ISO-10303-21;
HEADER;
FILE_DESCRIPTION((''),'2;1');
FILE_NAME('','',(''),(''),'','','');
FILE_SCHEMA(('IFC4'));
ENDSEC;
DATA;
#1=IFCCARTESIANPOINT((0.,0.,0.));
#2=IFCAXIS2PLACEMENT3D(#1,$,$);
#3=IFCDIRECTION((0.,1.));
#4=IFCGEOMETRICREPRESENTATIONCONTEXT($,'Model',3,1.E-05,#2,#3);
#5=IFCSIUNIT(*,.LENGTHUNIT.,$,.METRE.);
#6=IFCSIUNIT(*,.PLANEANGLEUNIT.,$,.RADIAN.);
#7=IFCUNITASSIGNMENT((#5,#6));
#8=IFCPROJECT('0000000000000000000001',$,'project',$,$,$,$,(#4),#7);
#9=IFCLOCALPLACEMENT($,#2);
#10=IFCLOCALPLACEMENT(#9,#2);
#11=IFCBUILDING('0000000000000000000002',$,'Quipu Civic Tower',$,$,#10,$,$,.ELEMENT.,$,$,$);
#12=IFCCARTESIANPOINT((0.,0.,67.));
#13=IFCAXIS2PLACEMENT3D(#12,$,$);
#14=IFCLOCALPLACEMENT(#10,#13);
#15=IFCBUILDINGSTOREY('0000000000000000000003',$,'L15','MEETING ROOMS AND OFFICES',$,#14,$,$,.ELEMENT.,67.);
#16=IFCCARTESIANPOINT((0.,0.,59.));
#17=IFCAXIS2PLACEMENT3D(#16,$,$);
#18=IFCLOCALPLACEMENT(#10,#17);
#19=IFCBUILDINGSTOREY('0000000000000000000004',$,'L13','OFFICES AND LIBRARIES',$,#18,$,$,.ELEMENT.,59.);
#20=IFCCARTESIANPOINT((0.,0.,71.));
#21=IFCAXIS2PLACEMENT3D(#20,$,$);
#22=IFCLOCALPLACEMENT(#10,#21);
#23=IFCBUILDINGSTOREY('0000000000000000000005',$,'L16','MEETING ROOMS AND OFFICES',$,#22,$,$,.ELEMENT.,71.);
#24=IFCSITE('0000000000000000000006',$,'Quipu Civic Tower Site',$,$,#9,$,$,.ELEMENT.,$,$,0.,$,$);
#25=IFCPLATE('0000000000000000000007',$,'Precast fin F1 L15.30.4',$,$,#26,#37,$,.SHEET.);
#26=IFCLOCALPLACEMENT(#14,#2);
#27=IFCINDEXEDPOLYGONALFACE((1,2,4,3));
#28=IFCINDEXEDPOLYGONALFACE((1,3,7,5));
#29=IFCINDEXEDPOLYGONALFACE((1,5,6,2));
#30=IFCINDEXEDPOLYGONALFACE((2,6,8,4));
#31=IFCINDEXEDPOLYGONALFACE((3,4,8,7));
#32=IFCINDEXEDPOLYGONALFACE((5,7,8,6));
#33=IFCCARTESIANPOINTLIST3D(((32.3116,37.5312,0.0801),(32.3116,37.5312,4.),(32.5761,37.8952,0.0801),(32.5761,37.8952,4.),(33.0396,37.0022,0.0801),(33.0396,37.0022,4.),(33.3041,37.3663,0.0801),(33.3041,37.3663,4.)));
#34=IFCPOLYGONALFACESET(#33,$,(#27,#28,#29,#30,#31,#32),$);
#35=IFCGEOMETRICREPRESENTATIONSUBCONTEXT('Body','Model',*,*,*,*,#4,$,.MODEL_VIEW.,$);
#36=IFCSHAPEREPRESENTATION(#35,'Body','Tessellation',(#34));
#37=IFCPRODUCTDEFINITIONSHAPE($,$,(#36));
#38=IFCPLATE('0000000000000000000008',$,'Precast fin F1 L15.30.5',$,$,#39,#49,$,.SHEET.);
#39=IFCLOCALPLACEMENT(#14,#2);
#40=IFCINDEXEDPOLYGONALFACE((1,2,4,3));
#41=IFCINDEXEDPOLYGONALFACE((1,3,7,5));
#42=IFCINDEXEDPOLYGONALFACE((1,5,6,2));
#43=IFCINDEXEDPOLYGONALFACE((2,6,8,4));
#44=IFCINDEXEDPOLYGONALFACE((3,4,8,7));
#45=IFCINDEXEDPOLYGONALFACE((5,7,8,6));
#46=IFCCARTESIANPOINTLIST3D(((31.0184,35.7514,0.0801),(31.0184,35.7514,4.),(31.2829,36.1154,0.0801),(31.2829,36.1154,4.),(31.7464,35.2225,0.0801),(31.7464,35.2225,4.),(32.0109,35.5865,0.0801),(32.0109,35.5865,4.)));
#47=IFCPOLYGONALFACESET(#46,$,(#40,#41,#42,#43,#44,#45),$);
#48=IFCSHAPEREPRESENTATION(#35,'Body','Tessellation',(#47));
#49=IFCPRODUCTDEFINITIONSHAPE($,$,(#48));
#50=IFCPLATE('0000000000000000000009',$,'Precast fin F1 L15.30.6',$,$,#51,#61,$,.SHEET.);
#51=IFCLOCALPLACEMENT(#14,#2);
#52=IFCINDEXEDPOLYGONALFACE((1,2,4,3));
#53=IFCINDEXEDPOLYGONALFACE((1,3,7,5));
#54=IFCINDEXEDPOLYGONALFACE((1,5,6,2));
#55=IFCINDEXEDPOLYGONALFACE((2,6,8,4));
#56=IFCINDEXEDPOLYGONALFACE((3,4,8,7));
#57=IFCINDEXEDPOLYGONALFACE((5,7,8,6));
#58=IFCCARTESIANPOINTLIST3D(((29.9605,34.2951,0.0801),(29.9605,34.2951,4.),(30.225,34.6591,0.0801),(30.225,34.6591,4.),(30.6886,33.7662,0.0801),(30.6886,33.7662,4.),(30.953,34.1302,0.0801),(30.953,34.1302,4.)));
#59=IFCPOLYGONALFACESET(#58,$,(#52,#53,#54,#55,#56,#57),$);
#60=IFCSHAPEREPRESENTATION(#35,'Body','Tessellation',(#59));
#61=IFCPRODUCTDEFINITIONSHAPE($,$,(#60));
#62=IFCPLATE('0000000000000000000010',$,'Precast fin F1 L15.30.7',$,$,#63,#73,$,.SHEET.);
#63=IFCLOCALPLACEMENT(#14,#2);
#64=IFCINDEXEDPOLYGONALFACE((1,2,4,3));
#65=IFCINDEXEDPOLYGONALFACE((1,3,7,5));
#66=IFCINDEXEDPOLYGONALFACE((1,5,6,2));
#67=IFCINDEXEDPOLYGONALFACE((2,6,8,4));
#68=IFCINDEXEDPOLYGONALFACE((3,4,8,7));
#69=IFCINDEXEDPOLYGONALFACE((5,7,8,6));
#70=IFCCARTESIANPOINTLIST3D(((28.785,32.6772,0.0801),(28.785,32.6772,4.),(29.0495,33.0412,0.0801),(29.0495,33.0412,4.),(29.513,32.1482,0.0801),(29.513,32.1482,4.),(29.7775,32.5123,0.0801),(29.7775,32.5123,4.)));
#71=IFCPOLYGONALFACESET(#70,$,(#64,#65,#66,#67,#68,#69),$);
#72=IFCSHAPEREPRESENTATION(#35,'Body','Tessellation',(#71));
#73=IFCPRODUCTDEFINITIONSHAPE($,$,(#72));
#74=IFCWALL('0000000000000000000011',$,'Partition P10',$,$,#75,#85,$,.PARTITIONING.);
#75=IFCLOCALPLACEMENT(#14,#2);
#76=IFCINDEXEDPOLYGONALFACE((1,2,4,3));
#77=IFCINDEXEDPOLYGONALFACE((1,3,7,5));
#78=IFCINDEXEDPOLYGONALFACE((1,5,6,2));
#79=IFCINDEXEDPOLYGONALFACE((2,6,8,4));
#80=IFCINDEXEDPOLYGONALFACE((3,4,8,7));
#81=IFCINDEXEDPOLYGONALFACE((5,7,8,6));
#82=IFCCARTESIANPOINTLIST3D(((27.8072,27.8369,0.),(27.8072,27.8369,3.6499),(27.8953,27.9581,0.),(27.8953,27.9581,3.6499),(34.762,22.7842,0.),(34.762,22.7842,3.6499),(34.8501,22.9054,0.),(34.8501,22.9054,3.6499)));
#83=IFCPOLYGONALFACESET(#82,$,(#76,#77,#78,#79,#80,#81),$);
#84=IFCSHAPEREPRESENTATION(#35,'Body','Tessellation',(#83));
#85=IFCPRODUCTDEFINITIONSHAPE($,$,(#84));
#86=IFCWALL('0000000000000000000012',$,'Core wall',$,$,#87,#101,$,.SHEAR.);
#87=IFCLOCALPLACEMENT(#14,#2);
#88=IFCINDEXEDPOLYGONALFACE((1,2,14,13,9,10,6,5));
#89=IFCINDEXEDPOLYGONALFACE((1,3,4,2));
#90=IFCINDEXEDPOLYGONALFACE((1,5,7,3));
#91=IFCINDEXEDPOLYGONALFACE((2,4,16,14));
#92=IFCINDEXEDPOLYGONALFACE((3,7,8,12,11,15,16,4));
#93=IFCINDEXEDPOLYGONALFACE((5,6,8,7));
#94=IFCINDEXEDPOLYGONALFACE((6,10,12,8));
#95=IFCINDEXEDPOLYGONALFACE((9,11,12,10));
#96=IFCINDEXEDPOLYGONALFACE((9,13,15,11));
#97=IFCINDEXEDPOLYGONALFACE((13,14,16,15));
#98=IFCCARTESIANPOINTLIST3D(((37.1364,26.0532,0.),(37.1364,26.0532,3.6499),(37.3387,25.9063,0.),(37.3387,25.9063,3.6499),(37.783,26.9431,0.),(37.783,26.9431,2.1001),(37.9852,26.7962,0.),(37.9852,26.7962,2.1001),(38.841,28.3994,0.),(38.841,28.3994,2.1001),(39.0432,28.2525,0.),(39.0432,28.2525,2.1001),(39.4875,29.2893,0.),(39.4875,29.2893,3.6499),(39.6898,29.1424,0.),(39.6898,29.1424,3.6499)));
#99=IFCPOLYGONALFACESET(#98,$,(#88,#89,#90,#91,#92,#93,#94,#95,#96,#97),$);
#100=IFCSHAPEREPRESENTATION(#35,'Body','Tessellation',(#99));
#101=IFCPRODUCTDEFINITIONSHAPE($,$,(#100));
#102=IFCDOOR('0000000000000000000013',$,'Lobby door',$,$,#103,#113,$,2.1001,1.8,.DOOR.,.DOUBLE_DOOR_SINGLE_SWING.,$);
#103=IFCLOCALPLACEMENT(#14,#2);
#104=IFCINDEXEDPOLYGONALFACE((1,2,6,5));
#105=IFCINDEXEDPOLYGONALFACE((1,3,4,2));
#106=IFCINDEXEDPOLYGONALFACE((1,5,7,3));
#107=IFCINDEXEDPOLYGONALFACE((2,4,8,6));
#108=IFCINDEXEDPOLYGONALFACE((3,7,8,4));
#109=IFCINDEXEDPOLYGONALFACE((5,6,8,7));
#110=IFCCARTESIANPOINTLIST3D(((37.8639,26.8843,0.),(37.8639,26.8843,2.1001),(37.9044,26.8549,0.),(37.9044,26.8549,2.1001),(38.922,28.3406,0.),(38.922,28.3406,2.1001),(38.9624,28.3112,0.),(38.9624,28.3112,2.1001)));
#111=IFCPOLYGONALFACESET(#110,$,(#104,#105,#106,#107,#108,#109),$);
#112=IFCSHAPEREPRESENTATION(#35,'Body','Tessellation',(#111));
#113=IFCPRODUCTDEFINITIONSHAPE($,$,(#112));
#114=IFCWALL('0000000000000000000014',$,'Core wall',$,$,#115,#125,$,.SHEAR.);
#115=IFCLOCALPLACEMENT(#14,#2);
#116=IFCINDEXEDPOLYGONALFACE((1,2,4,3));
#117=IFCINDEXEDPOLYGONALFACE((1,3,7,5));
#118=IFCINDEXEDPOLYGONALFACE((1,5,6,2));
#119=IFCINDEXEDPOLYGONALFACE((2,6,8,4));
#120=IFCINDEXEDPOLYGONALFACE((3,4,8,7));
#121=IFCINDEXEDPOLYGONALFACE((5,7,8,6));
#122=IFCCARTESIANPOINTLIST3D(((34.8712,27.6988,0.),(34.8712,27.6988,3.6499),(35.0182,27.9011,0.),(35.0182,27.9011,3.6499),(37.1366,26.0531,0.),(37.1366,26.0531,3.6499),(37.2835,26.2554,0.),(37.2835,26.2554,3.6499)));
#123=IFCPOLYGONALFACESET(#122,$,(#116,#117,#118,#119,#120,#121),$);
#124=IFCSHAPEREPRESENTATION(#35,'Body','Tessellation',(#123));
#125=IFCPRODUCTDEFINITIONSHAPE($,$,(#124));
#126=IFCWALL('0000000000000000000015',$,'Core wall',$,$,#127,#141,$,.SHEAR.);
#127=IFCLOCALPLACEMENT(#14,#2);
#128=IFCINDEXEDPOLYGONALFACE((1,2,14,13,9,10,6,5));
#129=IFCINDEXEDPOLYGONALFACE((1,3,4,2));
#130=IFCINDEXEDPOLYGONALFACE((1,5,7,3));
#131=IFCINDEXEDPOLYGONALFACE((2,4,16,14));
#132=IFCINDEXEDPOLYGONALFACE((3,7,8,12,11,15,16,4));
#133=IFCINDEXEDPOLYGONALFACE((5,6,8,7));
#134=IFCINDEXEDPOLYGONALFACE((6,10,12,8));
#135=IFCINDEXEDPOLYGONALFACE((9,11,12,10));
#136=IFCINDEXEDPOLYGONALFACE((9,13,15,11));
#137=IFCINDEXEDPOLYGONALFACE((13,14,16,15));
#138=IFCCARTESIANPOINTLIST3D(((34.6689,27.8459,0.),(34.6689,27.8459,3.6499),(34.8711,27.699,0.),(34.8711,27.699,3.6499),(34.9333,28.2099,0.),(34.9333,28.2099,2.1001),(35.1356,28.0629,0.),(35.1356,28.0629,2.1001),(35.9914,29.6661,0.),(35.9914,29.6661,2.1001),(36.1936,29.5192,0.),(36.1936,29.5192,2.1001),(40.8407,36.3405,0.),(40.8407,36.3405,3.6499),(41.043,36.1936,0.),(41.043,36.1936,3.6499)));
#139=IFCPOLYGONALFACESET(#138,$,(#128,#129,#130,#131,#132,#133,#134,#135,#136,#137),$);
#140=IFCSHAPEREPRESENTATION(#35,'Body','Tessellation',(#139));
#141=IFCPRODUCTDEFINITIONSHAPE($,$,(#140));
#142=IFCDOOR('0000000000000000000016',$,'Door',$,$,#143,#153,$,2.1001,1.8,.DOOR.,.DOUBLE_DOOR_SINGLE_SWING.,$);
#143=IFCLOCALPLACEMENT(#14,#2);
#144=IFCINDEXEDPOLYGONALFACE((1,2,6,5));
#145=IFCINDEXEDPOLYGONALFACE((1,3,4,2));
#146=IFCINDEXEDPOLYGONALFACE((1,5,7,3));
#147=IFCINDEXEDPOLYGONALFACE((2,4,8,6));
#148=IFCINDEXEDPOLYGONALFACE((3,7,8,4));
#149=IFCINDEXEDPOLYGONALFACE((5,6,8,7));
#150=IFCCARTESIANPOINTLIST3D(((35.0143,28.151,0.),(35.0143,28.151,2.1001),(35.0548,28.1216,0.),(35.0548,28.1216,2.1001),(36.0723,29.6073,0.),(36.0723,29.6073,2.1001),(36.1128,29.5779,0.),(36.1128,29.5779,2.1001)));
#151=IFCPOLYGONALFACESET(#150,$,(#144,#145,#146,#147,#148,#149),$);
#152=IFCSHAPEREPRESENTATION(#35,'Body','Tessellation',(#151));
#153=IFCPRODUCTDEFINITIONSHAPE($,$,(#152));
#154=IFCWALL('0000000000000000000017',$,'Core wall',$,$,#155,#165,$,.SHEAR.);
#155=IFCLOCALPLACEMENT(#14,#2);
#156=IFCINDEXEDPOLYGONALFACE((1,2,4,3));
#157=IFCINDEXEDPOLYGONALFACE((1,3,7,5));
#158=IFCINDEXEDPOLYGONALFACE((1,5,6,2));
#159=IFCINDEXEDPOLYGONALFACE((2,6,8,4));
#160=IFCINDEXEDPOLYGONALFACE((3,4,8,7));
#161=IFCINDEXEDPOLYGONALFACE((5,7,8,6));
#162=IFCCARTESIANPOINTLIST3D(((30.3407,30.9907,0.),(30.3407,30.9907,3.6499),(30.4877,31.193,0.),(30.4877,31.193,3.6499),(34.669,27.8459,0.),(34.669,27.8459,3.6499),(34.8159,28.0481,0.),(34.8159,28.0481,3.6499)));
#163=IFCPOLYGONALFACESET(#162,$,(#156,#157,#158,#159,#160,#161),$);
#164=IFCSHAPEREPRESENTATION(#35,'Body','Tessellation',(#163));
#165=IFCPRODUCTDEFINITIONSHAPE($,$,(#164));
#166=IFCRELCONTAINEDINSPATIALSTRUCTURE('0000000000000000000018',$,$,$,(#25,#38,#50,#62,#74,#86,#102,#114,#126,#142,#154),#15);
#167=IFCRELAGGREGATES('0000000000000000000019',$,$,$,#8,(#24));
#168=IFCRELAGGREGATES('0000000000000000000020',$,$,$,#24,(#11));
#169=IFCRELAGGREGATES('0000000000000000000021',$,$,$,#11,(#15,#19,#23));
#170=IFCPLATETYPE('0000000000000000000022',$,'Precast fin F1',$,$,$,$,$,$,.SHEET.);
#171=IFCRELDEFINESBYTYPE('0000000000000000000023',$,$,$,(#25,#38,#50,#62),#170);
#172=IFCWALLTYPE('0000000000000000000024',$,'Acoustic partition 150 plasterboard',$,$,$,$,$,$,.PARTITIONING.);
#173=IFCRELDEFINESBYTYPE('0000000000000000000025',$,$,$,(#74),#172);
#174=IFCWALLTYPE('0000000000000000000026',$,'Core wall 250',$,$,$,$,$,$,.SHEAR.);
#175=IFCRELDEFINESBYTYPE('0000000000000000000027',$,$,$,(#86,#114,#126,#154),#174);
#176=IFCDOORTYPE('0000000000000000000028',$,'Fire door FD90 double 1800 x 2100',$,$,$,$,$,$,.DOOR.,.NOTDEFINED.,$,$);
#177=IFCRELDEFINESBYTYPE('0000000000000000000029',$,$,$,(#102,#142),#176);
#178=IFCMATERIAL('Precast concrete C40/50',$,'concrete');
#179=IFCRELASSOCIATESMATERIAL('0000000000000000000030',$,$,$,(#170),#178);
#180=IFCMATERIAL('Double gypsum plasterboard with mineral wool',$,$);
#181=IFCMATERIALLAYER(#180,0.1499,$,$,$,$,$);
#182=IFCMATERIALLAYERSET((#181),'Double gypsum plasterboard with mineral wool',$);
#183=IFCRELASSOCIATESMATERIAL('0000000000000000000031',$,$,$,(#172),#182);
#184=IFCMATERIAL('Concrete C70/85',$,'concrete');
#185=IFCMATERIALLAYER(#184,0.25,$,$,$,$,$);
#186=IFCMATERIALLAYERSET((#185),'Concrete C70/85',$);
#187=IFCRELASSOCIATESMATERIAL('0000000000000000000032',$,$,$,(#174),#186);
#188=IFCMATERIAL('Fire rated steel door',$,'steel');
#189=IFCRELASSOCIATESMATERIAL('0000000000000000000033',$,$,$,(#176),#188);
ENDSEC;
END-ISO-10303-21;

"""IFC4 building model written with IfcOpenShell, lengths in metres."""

from ifc_helpers import new_model, si_unit, direction, frame, frame_2d, origin, origin_2d, place, context, subcontext, project, spatial, rectangle, extrude, material, layer, layer_set, type_object, element, fill, save


model = new_model("IFC4")

# Units and contexts
model_context = context("Model", 3, precision=1e-05, world=origin(), true_north=direction((0.0, 1.0)))
body_context = subcontext(model_context, "Body", "Model", "MODEL_VIEW")
ifc_project = project(units=[si_unit("LENGTHUNIT", "METRE"), si_unit("PLANEANGLEUNIT", "RADIAN")], contexts=[model_context])

# Site, building, storey
site_placement = place(None, origin())
site = spatial("IfcSite", under=ifc_project, at=site_placement, Name="Quipu Civic Tower Site", CompositionType="ELEMENT", RefElevation=0.0)
building_placement = place(site_placement, origin())
building = spatial("IfcBuilding", under=site, at=building_placement, Name="Quipu Civic Tower", CompositionType="ELEMENT")
storey_1_placement = place(building_placement, frame((0.0, 0.0, 67.0)))
storey_1 = spatial("IfcBuildingStorey", under=building, at=storey_1_placement, Name="L15", Description="MEETING ROOMS AND OFFICES", CompositionType="ELEMENT", Elevation=67.0)

# Shared definitions
storey_2_placement = place(building_placement, frame((0.0, 0.0, 59.0)))
storey_2 = spatial("IfcBuildingStorey", under=building, at=storey_2_placement, Name="L13", Description="OFFICES AND LIBRARIES", CompositionType="ELEMENT", Elevation=59.0)

# Shared definitions
storey_3_placement = place(building_placement, frame((0.0, 0.0, 71.0)))
storey_3 = spatial("IfcBuildingStorey", under=building, at=storey_3_placement, Name="L16", Description="MEETING ROOMS AND OFFICES", CompositionType="ELEMENT", Elevation=71.0)

# Plates
ifc_material_1 = material(Name="Precast concrete C40/50", Category="concrete")
plate_type_1 = type_object("IfcPlateType", Name="Precast fin F1", PredefinedType="SHEET", material=ifc_material_1)
for number, where, z_axis, x_axis, name in (
    (1, (32.8079, 37.4487, 0.0801), (0.0, 0.0, 1.0), (-0.587785, -0.809017, 0.0), "Precast fin F1 L15.30.4"),
    (2, (31.5146, 35.6689, 0.0801), (0.0, 0.0, 1.0), (-0.587785, -0.809017, 0.0), "Precast fin F1 L15.30.5"),
    (3, (30.4568, 34.2126, 0.0801), (0.0, 0.0, 1.0), (-0.587785, -0.809017, 0.0), "Precast fin F1 L15.30.6"),
    (4, (29.2812, 32.5947, 0.0801), (0.0, 0.0, 1.0), (-0.587785, -0.809017, 0.0), "Precast fin F1 L15.30.7"),
):
    element("IfcPlate", number, at=place(storey_1_placement, frame(where, z_axis=z_axis, x_axis=x_axis)), inside=storey_1, type_object=plate_type_1, Name=name, PredefinedType="SHEET", context=body_context, shape_type="SweptSolid", body=[
        extrude(rectangle(XDim=0.45, YDim=0.8999, at=origin_2d()), origin(), (0.0, 0.0, 1.0), 3.9199),
    ])

# Wall
ifc_material_2 = material(Name="Double gypsum plasterboard with mineral wool")
ifc_layer_1 = layer(ifc_material_2, 0.1499)
ifc_layer_set_1 = layer_set([ifc_layer_1], Name="Double gypsum plasterboard with mineral wool")
wall_type_1 = type_object("IfcWallType", Name="Acoustic partition 150 plasterboard", PredefinedType="PARTITIONING", material=ifc_layer_set_1)
wall_1_placement = place(storey_1_placement, frame((34.8062, 22.8447, 0.0), z_axis=(0.0, 0.0, 1.0), x_axis=(-0.809031, 0.587766, 0.0)))
element("IfcWall", 5, at=wall_1_placement, inside=storey_1, type_object=wall_type_1, Name="Partition P10", PredefinedType="PARTITIONING", context=body_context, shape_type="SweptSolid", body=[
    extrude(rectangle(XDim=8.5964, YDim=0.1499, at=frame_2d((4.2983, 0.0))), origin(), (0.0, 0.0, 1.0), 3.6499),
])

# Wall, opening, door
ifc_material_3 = material(Name="Concrete C70/85", Category="concrete")
ifc_layer_2 = layer(ifc_material_3, 0.25)
ifc_layer_set_2 = layer_set([ifc_layer_2], Name="Concrete C70/85")
wall_type_2 = type_object("IfcWallType", Name="Core wall 250", PredefinedType="SHEAR", material=ifc_layer_set_2)
wall_2_placement = place(storey_1_placement, frame((37.2375, 25.9797, 0.0), z_axis=(0.0, 0.0, 1.0), x_axis=(0.587772, 0.809026, 0.0)))
wall_2 = element("IfcWall", 6, at=wall_2_placement, inside=storey_1, type_object=wall_type_2, Name="Core wall", PredefinedType="SHEAR", context=body_context, shape_type="SweptSolid", body=[
    extrude(rectangle(XDim=4.0, YDim=0.25, at=frame_2d((2.0, 0.0))), origin(), (0.0, 0.0, 1.0), 3.6499),
])
opening_1_placement = place(wall_2_placement, frame((1.1001, 0.0, 0.0)))
opening_1 = element("IfcOpeningElement", 7, at=opening_1_placement, cuts=wall_2, PredefinedType="OPENING", context=body_context, shape_type="SweptSolid", body=[
    extrude(rectangle(XDim=1.8, YDim=2.1001, at=frame_2d((0.8999, 1.05))), frame((0.0, 0.135, 0.0), z_axis=(0.0, -1.0, 0.0), x_axis=(1.0, 0.0, 0.0)), (0.0, 0.0, 1.0), 0.27),
])
ifc_material_4 = material(Name="Fire rated steel door", Category="steel")
door_type_1 = type_object("IfcDoorType", Name="Fire door FD90 double 1800 x 2100", OperationType="NOTDEFINED", PredefinedType="DOOR", material=ifc_material_4)
door_1_placement = place(opening_1_placement, origin())
door_1 = element("IfcDoor", 8, at=door_1_placement, inside=storey_1, type_object=door_type_1, Name="Lobby door", OperationType="DOUBLE_DOOR_SINGLE_SWING", OverallHeight=2.1001, OverallWidth=1.8, PredefinedType="DOOR", context=body_context, shape_type="SweptSolid", body=[
    extrude(rectangle(XDim=1.8, YDim=2.1001, at=frame_2d((0.8999, 1.05))), frame((0.0, 0.0249, 0.0), z_axis=(0.0, -1.0, 0.0), x_axis=(1.0, 0.0, 0.0)), (0.0, 0.0, 1.0), 0.05),
])
fill(opening_1, door_1)

# Wall
wall_3_placement = place(storey_1_placement, frame((37.21, 26.1543, 0.0), z_axis=(0.0, 0.0, 1.0), x_axis=(-0.809041, 0.587752, 0.0)))
element("IfcWall", 9, at=wall_3_placement, inside=storey_1, type_object=wall_type_2, Name="Core wall", PredefinedType="SHEAR", context=body_context, shape_type="SweptSolid", body=[
    extrude(rectangle(XDim=2.8, YDim=0.25, at=frame_2d((1.3999, 0.0))), origin(), (0.0, 0.0, 1.0), 3.6499),
])

# Wall, opening, door
wall_4_placement = place(storey_1_placement, frame((34.77, 27.7725, 0.0), z_axis=(0.0, 0.0, 1.0), x_axis=(0.587796, 0.809009, 0.0)))
wall_4 = element("IfcWall", 10, at=wall_4_placement, inside=storey_1, type_object=wall_type_2, Name="Core wall", PredefinedType="SHEAR", context=body_context, shape_type="SweptSolid", body=[
    extrude(rectangle(XDim=10.5, YDim=0.25, at=frame_2d((5.25, 0.0))), origin(), (0.0, 0.0, 1.0), 3.6499),
])
opening_2_placement = place(wall_4_placement, frame((0.45, 0.0, 0.0)))
opening_2 = element("IfcOpeningElement", 11, at=opening_2_placement, cuts=wall_4, PredefinedType="OPENING", context=body_context, shape_type="SweptSolid", body=[
    extrude(rectangle(XDim=1.8, YDim=2.1001, at=frame_2d((0.8999, 1.05))), frame((0.0, 0.135, 0.0), z_axis=(0.0, -1.0, 0.0), x_axis=(1.0, 0.0, 0.0)), (0.0, 0.0, 1.0), 0.27),
])
door_2_placement = place(opening_2_placement, origin())
door_2 = element("IfcDoor", 12, at=door_2_placement, inside=storey_1, type_object=door_type_1, Name="Door", OperationType="DOUBLE_DOOR_SINGLE_SWING", OverallHeight=2.1001, OverallWidth=1.8, PredefinedType="DOOR", context=body_context, shape_type="SweptSolid", body=[
    extrude(rectangle(XDim=1.8, YDim=2.1001, at=frame_2d((0.8999, 1.05))), frame((0.0, 0.0249, 0.0), z_axis=(0.0, -1.0, 0.0), x_axis=(1.0, 0.0, 0.0)), (0.0, 0.0, 1.0), 0.05),
])
fill(opening_2, door_2)

# Wall
wall_5_placement = place(storey_1_placement, frame((34.7424, 27.947, 0.0), z_axis=(0.0, 0.0, 1.0), x_axis=(-0.808998, 0.587811, 0.0)))
element("IfcWall", 13, at=wall_5_placement, inside=storey_1, type_object=wall_type_2, Name="Core wall", PredefinedType="SHEAR", context=body_context, shape_type="SweptSolid", body=[
    extrude(rectangle(XDim=5.3501, YDim=0.25, at=frame_2d((2.675, 0.0))), origin(), (0.0, 0.0, 1.0), 3.6499),
])

save(model, "model.ifc")
